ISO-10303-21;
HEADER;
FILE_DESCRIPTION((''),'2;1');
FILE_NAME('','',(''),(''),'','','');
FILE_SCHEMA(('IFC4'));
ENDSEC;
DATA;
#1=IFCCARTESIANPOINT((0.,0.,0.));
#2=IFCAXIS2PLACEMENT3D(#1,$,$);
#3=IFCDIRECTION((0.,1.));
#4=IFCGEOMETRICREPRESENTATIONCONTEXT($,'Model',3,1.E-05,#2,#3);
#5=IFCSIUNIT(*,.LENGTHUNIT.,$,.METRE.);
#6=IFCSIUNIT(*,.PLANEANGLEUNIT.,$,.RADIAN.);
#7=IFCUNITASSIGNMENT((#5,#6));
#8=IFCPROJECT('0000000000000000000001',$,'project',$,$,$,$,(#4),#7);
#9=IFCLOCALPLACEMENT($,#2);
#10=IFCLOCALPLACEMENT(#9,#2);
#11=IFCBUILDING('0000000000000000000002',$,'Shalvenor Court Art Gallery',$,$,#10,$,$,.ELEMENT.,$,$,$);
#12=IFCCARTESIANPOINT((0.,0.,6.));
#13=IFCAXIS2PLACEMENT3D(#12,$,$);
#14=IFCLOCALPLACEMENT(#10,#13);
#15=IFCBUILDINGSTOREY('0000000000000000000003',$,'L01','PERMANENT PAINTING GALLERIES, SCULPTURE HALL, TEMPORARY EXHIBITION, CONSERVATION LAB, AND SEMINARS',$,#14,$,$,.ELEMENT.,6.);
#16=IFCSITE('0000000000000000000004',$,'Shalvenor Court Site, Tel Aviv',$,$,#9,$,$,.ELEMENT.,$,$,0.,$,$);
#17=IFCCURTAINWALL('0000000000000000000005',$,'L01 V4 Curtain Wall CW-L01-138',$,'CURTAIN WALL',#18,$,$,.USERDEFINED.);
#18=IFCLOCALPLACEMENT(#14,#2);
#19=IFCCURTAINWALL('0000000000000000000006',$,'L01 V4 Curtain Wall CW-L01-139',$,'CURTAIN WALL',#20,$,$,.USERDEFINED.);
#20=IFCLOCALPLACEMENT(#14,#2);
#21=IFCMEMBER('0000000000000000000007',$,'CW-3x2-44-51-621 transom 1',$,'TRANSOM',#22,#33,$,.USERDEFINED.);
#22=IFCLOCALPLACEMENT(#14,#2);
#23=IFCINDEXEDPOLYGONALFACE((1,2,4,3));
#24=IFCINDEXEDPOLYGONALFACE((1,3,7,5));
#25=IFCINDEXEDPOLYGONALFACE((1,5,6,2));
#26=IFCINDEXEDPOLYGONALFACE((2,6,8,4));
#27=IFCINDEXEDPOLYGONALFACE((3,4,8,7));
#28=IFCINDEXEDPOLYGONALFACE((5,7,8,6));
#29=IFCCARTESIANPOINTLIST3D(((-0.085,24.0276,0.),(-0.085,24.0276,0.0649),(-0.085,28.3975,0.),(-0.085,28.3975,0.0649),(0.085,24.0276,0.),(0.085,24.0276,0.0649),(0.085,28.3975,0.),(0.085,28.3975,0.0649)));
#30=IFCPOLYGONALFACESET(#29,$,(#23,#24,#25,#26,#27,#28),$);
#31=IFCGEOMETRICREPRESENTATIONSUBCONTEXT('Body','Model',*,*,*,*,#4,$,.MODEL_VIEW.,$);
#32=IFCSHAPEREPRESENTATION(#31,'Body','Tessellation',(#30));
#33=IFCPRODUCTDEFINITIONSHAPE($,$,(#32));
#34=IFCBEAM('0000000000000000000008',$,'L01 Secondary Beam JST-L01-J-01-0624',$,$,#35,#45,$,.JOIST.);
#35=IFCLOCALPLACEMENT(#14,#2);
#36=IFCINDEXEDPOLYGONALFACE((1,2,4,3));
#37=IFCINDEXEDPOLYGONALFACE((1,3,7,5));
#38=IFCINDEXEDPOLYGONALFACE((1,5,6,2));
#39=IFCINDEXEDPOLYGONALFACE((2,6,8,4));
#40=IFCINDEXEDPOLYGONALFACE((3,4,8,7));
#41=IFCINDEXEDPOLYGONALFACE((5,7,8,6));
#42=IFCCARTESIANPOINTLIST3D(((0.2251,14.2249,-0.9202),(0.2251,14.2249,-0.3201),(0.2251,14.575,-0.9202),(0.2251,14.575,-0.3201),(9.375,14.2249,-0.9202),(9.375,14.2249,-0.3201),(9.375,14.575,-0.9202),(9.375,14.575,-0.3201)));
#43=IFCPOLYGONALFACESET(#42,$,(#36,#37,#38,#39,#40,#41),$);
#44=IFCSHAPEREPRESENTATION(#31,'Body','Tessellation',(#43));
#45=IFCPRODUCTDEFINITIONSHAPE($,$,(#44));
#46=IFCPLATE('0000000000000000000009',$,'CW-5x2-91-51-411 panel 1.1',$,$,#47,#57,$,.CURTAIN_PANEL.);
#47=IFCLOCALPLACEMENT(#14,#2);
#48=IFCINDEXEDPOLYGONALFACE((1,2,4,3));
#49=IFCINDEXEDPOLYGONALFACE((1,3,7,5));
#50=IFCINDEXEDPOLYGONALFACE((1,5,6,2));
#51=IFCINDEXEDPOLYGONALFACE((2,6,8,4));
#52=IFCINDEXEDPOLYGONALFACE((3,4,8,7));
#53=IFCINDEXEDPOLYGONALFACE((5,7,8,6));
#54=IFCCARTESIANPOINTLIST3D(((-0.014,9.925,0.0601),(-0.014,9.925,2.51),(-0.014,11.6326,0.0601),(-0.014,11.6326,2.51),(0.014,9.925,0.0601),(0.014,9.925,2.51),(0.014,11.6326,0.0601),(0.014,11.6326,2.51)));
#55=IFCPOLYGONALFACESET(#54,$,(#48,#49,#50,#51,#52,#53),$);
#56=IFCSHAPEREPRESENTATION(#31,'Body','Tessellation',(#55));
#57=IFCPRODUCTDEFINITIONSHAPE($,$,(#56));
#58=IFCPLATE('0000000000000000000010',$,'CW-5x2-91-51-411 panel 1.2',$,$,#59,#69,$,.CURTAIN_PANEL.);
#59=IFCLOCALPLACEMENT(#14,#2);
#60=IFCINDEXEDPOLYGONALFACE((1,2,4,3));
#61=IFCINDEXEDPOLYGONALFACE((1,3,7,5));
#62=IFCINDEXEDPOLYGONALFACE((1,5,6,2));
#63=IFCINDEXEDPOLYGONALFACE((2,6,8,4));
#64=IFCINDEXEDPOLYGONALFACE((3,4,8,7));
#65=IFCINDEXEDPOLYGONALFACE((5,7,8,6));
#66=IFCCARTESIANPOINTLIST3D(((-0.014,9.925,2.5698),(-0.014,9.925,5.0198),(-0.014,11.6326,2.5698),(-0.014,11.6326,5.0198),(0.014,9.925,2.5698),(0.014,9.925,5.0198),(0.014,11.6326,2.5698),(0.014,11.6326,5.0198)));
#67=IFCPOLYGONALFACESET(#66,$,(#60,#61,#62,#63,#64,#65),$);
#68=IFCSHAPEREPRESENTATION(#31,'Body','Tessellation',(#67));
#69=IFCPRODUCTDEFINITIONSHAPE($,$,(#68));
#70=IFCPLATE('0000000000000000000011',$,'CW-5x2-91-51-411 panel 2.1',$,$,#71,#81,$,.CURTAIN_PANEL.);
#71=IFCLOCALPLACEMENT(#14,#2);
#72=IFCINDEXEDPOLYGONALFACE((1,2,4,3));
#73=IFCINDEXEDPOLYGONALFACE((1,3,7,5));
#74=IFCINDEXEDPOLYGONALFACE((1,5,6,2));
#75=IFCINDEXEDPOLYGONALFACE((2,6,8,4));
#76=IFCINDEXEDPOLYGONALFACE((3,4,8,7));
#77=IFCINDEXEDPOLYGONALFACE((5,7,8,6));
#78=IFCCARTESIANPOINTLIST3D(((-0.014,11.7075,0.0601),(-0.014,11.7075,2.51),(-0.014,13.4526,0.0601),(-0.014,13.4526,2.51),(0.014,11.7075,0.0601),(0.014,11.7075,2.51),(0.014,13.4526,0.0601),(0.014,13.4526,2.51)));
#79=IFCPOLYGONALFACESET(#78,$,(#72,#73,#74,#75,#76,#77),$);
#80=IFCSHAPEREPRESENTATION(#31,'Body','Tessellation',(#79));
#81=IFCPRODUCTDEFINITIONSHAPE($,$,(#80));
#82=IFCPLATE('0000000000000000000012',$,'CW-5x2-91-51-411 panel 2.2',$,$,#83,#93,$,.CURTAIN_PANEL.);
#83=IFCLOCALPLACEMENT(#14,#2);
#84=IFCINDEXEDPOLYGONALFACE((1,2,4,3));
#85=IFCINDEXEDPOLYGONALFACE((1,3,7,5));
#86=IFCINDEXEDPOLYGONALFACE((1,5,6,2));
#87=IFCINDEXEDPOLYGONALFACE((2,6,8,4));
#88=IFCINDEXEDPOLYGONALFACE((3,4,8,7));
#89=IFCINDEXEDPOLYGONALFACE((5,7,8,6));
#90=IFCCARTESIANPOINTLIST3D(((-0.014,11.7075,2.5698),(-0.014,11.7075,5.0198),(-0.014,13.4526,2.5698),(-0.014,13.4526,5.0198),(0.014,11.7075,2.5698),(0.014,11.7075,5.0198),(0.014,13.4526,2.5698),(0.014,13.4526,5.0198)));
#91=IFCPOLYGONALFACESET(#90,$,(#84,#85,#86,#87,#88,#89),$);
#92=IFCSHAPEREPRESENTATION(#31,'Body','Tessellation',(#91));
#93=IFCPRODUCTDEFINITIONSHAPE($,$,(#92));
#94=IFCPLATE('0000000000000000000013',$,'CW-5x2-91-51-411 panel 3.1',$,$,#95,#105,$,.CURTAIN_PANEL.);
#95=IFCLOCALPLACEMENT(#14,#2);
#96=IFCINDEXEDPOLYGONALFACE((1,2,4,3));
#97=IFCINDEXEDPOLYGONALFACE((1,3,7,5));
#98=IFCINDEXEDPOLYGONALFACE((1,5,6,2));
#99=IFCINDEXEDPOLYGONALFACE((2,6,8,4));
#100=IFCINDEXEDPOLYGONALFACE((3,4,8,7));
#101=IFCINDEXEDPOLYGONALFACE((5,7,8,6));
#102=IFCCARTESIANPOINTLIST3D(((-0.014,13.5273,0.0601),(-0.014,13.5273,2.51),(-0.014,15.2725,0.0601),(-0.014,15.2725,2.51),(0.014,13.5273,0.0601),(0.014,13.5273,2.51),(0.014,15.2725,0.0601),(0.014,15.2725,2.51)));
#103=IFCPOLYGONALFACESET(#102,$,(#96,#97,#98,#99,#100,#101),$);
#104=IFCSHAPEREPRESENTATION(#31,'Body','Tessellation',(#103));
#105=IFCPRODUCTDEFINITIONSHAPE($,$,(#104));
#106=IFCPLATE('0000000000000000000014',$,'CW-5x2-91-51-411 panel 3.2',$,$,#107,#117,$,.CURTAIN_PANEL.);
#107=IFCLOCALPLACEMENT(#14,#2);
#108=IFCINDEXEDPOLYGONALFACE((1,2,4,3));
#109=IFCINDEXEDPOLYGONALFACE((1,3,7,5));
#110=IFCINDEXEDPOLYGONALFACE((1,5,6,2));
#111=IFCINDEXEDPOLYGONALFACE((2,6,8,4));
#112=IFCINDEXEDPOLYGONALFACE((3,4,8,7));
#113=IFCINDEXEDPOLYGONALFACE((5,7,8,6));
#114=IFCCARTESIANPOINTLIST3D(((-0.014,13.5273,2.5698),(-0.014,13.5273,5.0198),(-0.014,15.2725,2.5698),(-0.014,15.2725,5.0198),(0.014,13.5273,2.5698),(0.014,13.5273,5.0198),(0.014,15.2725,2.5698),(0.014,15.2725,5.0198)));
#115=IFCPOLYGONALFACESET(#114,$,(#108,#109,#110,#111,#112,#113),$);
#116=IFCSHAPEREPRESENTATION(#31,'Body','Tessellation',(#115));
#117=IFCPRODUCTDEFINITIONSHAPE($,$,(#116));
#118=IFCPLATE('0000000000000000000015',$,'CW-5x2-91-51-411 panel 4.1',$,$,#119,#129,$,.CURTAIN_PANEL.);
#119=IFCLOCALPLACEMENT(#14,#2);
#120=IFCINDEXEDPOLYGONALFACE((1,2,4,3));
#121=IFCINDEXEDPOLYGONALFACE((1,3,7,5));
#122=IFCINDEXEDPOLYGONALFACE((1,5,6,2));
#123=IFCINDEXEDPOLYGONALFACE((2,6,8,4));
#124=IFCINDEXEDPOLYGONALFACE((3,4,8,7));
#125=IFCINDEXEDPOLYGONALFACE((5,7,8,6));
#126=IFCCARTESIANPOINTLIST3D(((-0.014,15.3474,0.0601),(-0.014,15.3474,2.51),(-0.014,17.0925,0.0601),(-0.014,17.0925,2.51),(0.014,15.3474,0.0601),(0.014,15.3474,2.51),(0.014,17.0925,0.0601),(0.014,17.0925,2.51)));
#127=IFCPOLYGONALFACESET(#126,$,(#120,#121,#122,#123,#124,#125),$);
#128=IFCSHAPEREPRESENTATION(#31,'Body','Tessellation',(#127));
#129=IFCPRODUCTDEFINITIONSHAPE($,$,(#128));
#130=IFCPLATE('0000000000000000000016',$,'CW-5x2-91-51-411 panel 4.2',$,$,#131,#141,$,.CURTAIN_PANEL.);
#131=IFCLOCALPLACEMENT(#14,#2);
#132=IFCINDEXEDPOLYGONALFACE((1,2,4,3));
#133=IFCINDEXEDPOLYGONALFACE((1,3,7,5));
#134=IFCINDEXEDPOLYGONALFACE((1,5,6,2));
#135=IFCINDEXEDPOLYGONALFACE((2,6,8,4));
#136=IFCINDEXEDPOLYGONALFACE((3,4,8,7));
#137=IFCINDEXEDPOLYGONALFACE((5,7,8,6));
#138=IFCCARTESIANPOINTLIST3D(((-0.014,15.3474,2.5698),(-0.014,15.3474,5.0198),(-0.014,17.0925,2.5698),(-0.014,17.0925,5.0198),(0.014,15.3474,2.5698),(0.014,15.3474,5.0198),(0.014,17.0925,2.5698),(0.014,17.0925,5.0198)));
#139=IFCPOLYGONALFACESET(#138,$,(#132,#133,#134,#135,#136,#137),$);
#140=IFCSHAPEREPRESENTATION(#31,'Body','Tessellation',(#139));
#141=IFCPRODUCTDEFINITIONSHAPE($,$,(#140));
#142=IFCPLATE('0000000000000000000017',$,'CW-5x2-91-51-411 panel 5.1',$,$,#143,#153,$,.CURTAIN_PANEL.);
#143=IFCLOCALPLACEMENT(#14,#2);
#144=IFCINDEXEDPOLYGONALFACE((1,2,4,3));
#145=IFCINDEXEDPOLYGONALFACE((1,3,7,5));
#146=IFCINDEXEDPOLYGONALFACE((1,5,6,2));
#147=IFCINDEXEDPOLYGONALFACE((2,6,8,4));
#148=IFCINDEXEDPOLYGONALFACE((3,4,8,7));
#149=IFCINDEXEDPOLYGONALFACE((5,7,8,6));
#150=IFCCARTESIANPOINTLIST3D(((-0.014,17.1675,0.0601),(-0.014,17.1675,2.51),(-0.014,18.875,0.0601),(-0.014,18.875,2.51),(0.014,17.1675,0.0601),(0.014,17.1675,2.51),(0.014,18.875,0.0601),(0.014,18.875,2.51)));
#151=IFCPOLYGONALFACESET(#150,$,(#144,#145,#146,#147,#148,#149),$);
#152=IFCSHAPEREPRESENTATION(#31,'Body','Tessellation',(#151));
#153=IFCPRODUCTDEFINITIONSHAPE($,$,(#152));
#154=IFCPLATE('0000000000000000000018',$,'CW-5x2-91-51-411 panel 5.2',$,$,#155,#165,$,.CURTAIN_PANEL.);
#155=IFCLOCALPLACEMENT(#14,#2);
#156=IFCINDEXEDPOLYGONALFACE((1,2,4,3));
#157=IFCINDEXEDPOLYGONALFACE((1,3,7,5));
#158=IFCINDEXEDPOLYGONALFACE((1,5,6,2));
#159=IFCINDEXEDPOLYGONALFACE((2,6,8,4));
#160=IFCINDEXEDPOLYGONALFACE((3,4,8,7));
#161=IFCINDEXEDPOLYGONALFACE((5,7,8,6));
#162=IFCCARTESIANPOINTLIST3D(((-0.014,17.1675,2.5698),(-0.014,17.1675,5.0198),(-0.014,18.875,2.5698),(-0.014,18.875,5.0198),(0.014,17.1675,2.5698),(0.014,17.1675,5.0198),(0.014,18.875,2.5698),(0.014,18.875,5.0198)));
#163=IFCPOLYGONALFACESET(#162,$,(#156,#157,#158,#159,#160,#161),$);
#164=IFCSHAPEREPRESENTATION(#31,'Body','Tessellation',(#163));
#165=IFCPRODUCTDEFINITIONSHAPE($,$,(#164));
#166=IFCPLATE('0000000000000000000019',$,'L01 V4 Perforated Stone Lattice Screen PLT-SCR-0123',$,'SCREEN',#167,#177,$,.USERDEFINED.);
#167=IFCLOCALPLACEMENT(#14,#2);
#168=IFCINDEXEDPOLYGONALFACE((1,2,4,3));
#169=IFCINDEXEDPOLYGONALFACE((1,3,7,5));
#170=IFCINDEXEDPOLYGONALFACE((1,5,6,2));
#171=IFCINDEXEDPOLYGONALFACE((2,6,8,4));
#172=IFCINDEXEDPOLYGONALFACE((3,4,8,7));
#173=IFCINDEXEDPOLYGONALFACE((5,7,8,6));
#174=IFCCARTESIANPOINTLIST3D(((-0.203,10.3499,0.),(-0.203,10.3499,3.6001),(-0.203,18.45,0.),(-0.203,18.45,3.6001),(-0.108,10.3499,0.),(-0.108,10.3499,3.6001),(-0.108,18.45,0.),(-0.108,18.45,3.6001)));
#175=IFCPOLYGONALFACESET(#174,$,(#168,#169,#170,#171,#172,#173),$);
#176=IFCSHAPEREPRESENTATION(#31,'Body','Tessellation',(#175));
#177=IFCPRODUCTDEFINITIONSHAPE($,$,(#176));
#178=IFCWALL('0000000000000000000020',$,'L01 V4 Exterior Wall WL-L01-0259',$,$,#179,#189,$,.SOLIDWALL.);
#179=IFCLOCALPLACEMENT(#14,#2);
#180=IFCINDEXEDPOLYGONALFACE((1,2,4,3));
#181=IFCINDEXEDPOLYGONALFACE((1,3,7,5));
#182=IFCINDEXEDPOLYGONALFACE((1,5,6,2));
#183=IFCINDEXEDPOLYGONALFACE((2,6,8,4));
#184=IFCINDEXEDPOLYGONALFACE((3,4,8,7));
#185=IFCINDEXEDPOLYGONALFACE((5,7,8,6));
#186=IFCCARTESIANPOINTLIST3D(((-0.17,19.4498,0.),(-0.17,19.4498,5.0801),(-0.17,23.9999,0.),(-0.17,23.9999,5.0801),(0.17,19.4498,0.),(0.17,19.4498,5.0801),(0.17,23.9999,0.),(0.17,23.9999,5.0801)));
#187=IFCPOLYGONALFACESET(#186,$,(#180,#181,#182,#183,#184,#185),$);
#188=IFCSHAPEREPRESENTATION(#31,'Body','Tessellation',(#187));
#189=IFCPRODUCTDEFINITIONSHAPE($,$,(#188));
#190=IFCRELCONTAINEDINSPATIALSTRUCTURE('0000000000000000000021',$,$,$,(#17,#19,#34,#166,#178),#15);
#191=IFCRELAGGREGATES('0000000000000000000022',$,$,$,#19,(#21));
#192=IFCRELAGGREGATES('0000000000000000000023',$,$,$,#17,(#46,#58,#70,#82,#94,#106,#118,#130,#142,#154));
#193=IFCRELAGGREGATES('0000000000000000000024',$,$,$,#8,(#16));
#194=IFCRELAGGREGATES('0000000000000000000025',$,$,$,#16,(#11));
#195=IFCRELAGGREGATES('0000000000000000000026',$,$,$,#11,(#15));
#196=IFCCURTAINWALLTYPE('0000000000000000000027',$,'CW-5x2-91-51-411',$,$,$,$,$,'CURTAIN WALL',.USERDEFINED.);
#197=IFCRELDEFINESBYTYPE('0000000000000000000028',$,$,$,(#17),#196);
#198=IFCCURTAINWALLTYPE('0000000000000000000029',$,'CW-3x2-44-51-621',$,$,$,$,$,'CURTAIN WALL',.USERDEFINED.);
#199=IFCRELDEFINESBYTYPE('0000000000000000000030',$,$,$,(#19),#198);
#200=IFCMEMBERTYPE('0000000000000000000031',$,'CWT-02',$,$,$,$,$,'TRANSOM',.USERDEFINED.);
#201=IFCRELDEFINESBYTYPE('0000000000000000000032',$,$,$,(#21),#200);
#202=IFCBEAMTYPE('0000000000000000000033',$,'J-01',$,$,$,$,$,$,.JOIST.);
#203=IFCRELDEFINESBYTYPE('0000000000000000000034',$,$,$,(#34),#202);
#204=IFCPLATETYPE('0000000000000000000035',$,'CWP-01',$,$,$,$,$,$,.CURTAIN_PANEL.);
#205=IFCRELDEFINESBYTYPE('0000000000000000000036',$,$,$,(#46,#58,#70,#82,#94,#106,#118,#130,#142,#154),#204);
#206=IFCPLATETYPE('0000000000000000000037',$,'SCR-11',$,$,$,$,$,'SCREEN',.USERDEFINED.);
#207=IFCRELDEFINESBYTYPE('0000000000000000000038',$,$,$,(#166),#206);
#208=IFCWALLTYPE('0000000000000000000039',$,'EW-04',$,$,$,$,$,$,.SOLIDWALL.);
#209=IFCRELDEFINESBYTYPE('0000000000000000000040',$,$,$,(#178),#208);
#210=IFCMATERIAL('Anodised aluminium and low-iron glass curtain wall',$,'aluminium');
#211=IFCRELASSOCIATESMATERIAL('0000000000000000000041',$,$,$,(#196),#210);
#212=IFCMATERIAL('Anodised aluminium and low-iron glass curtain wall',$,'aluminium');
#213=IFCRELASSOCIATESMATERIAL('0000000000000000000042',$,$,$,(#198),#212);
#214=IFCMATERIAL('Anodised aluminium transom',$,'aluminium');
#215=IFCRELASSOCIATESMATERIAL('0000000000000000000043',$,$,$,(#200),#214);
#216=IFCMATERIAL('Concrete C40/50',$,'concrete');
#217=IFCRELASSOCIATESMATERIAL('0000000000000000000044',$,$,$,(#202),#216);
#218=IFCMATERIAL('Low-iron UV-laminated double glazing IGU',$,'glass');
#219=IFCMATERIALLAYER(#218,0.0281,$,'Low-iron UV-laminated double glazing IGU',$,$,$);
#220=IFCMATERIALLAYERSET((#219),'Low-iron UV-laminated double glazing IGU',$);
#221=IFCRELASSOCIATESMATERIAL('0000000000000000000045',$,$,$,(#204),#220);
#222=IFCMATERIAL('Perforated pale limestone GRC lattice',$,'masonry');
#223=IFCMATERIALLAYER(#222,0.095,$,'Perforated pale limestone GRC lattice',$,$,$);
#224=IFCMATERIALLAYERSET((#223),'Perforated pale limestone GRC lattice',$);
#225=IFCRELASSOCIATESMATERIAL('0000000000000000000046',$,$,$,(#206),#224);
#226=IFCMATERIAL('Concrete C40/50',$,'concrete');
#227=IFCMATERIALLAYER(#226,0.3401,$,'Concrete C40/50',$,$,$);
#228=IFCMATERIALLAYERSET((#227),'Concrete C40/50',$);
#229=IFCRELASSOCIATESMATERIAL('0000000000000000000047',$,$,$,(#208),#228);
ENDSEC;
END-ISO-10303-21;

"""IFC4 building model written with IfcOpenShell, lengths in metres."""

from ifc_helpers import new_model, si_unit, direction, frame, frame_2d, origin, origin_2d, place, context, subcontext, project, spatial, rectangle, extrude, material, layer, layer_set, material_profile, profile_set, type_object, element, aggregate, save


model = new_model("IFC4")

# Units and contexts
model_context = context("Model", 3, precision=1e-05, world=origin(), true_north=direction((0.0, 1.0)))
body_context = subcontext(model_context, "Body", "Model", "MODEL_VIEW")
ifc_project = project(units=[si_unit("LENGTHUNIT", "METRE"), si_unit("PLANEANGLEUNIT", "RADIAN")], contexts=[model_context])

# Site, building, storey
site_placement = place(None, origin())
site = spatial("IfcSite", under=ifc_project, at=site_placement, Name="Shalvenor Court Site, Tel Aviv", CompositionType="ELEMENT", RefElevation=0.0)
building_placement = place(site_placement, origin())
building = spatial("IfcBuilding", under=site, at=building_placement, Name="Shalvenor Court Art Gallery", CompositionType="ELEMENT")
storey_placement = place(building_placement, frame((0.0, 0.0, 6.0)))
storey = spatial("IfcBuildingStorey", under=building, at=storey_placement, Name="L01", Description="PERMANENT PAINTING GALLERIES, SCULPTURE HALL, TEMPORARY EXHIBITION, CONSERVATION LAB, AND SEMINARS", CompositionType="ELEMENT", Elevation=6.0)

# Curtain wall
ifc_material_1 = material(Name="Anodised aluminium and low-iron glass curtain wall", Category="aluminium")
curtain_wall_type_1 = type_object("IfcCurtainWallType", Name="CW-5x2-91-51-411", ElementType="CURTAIN WALL", PredefinedType="USERDEFINED", material=ifc_material_1)
curtain_wall_1_placement = place(storey_placement, origin())
curtain_wall_1 = element("IfcCurtainWall", 1, at=curtain_wall_1_placement, inside=storey, type_object=curtain_wall_type_1, Name="L01 V4 Curtain Wall CW-L01-138", ObjectType="CURTAIN WALL", PredefinedType="USERDEFINED")

# Curtain wall
ifc_material_2 = material(Name="Anodised aluminium and low-iron glass curtain wall", Category="aluminium")
curtain_wall_type_2 = type_object("IfcCurtainWallType", Name="CW-3x2-44-51-621", ElementType="CURTAIN WALL", PredefinedType="USERDEFINED", material=ifc_material_2)
curtain_wall_2_placement = place(storey_placement, origin())
curtain_wall_2 = element("IfcCurtainWall", 2, at=curtain_wall_2_placement, inside=storey, type_object=curtain_wall_type_2, Name="L01 V4 Curtain Wall CW-L01-139", ObjectType="CURTAIN WALL", PredefinedType="USERDEFINED")

# Member
ifc_material_3 = material(Name="Anodised aluminium transom", Category="aluminium")
ifc_material_profile_1 = material_profile(ifc_material_3, rectangle(XDim=0.1699, YDim=0.0649, at=origin_2d()), Name="CWT-02")
ifc_profile_set_1 = profile_set([ifc_material_profile_1], Name="Anodised aluminium transom")
member_type_1 = type_object("IfcMemberType", Name="CWT-02", ElementType="TRANSOM", PredefinedType="USERDEFINED", material=ifc_profile_set_1)
member_1_placement = place(storey_placement, frame((0.0, 24.0276, 0.0325), z_axis=(0.0, 1.0, 0.0), x_axis=(-1.0, 0.0, 0.0)))
member_1 = element("IfcMember", 3, at=member_1_placement, type_object=member_type_1, Name="CW-3x2-44-51-621 transom 1", ObjectType="TRANSOM", PredefinedType="USERDEFINED", context=body_context, shape_type="SweptSolid", body=[
    extrude(rectangle(XDim=0.1699, YDim=0.0649, at=origin_2d()), origin(), (0.0, 0.0, 1.0), 4.3699),
])
aggregate(curtain_wall_2, [member_1])

# Beam
ifc_material_4 = material(Name="Concrete C40/50", Category="concrete")
ifc_material_profile_2 = material_profile(ifc_material_4, rectangle(XDim=0.3501, YDim=0.6001, at=origin_2d()), Name="RC 350x600")
ifc_profile_set_2 = profile_set([ifc_material_profile_2], Name="Concrete C40/50")
beam_type_1 = type_object("IfcBeamType", Name="J-01", PredefinedType="JOIST", material=ifc_profile_set_2)
beam_1_placement = place(storey_placement, frame((0.2251, 14.3999, -0.6201), z_axis=(1.0, 0.0, 0.0), x_axis=(0.0, 1.0, 0.0)))
element("IfcBeam", 4, at=beam_1_placement, inside=storey, type_object=beam_type_1, Name="L01 Secondary Beam JST-L01-J-01-0624", PredefinedType="JOIST", context=body_context, shape_type="SweptSolid", body=[
    extrude(rectangle(XDim=0.3501, YDim=0.6001, at=origin_2d()), origin(), (0.0, 0.0, 1.0), 9.1499),
])

# Plates
ifc_material_5 = material(Name="Low-iron UV-laminated double glazing IGU", Category="glass")
ifc_layer_1 = layer(ifc_material_5, 0.0281, Name="Low-iron UV-laminated double glazing IGU")
ifc_layer_set_1 = layer_set([ifc_layer_1], Name="Low-iron UV-laminated double glazing IGU")
plate_type_1 = type_object("IfcPlateType", Name="CWP-01", PredefinedType="CURTAIN_PANEL", material=ifc_layer_set_1)
plate_1_placement = place(storey_placement, frame((0.0, 10.7788, 0.0601), z_axis=(0.0, 0.0, 1.0), x_axis=(0.0, 1.0, 0.0)))
plate_1 = element("IfcPlate", 5, at=plate_1_placement, type_object=plate_type_1, Name="CW-5x2-91-51-411 panel 1.1", PredefinedType="CURTAIN_PANEL", context=body_context, shape_type="SweptSolid", body=[
    extrude(rectangle(XDim=1.7075, YDim=0.0281, at=origin_2d()), origin(), (0.0, 0.0, 1.0), 2.45),
])
plate_2_placement = place(storey_placement, frame((0.0, 10.7788, 2.5698), z_axis=(0.0, 0.0, 1.0), x_axis=(0.0, 1.0, 0.0)))
plate_2 = element("IfcPlate", 6, at=plate_2_placement, type_object=plate_type_1, Name="CW-5x2-91-51-411 panel 1.2", PredefinedType="CURTAIN_PANEL", context=body_context, shape_type="SweptSolid", body=[
    extrude(rectangle(XDim=1.7075, YDim=0.0281, at=origin_2d()), origin(), (0.0, 0.0, 1.0), 2.45),
])
plate_3_placement = place(storey_placement, frame((0.0, 12.5801, 0.0601), z_axis=(0.0, 0.0, 1.0), x_axis=(0.0, 1.0, 0.0)))
plate_3 = element("IfcPlate", 7, at=plate_3_placement, type_object=plate_type_1, Name="CW-5x2-91-51-411 panel 2.1", PredefinedType="CURTAIN_PANEL", context=body_context, shape_type="SweptSolid", body=[
    extrude(rectangle(XDim=1.7451, YDim=0.0281, at=origin_2d()), origin(), (0.0, 0.0, 1.0), 2.45),
])
plate_4_placement = place(storey_placement, frame((0.0, 12.5801, 2.5698), z_axis=(0.0, 0.0, 1.0), x_axis=(0.0, 1.0, 0.0)))
plate_4 = element("IfcPlate", 8, at=plate_4_placement, type_object=plate_type_1, Name="CW-5x2-91-51-411 panel 2.2", PredefinedType="CURTAIN_PANEL", context=body_context, shape_type="SweptSolid", body=[
    extrude(rectangle(XDim=1.7451, YDim=0.0281, at=origin_2d()), origin(), (0.0, 0.0, 1.0), 2.45),
])
plate_5_placement = place(storey_placement, frame((0.0, 14.3999, 0.0601), z_axis=(0.0, 0.0, 1.0), x_axis=(0.0, 1.0, 0.0)))
plate_5 = element("IfcPlate", 9, at=plate_5_placement, type_object=plate_type_1, Name="CW-5x2-91-51-411 panel 3.1", PredefinedType="CURTAIN_PANEL", context=body_context, shape_type="SweptSolid", body=[
    extrude(rectangle(XDim=1.7451, YDim=0.0281, at=origin_2d()), origin(), (0.0, 0.0, 1.0), 2.45),
])
plate_6_placement = place(storey_placement, frame((0.0, 14.3999, 2.5698), z_axis=(0.0, 0.0, 1.0), x_axis=(0.0, 1.0, 0.0)))
plate_6 = element("IfcPlate", 10, at=plate_6_placement, type_object=plate_type_1, Name="CW-5x2-91-51-411 panel 3.2", PredefinedType="CURTAIN_PANEL", context=body_context, shape_type="SweptSolid", body=[
    extrude(rectangle(XDim=1.7451, YDim=0.0281, at=origin_2d()), origin(), (0.0, 0.0, 1.0), 2.45),
])
plate_7_placement = place(storey_placement, frame((0.0, 16.22, 0.0601), z_axis=(0.0, 0.0, 1.0), x_axis=(0.0, 1.0, 0.0)))
plate_7 = element("IfcPlate", 11, at=plate_7_placement, type_object=plate_type_1, Name="CW-5x2-91-51-411 panel 4.1", PredefinedType="CURTAIN_PANEL", context=body_context, shape_type="SweptSolid", body=[
    extrude(rectangle(XDim=1.7451, YDim=0.0281, at=origin_2d()), origin(), (0.0, 0.0, 1.0), 2.45),
])
plate_8_placement = place(storey_placement, frame((0.0, 16.22, 2.5698), z_axis=(0.0, 0.0, 1.0), x_axis=(0.0, 1.0, 0.0)))
plate_8 = element("IfcPlate", 12, at=plate_8_placement, type_object=plate_type_1, Name="CW-5x2-91-51-411 panel 4.2", PredefinedType="CURTAIN_PANEL", context=body_context, shape_type="SweptSolid", body=[
    extrude(rectangle(XDim=1.7451, YDim=0.0281, at=origin_2d()), origin(), (0.0, 0.0, 1.0), 2.45),
])
plate_9_placement = place(storey_placement, frame((0.0, 18.0212, 0.0601), z_axis=(0.0, 0.0, 1.0), x_axis=(0.0, 1.0, 0.0)))
plate_9 = element("IfcPlate", 13, at=plate_9_placement, type_object=plate_type_1, Name="CW-5x2-91-51-411 panel 5.1", PredefinedType="CURTAIN_PANEL", context=body_context, shape_type="SweptSolid", body=[
    extrude(rectangle(XDim=1.7075, YDim=0.0281, at=origin_2d()), origin(), (0.0, 0.0, 1.0), 2.45),
])
plate_10_placement = place(storey_placement, frame((0.0, 18.0212, 2.5698), z_axis=(0.0, 0.0, 1.0), x_axis=(0.0, 1.0, 0.0)))
plate_10 = element("IfcPlate", 14, at=plate_10_placement, type_object=plate_type_1, Name="CW-5x2-91-51-411 panel 5.2", PredefinedType="CURTAIN_PANEL", context=body_context, shape_type="SweptSolid", body=[
    extrude(rectangle(XDim=1.7075, YDim=0.0281, at=origin_2d()), origin(), (0.0, 0.0, 1.0), 2.45),
])
aggregate(curtain_wall_1, [plate_1, plate_2, plate_3, plate_4, plate_5, plate_6, plate_7, plate_8, plate_9, plate_10])
ifc_material_6 = material(Name="Perforated pale limestone GRC lattice", Category="masonry")
ifc_layer_2 = layer(ifc_material_6, 0.095, Name="Perforated pale limestone GRC lattice")
ifc_layer_set_2 = layer_set([ifc_layer_2], Name="Perforated pale limestone GRC lattice")
plate_type_2 = type_object("IfcPlateType", Name="SCR-11", ElementType="SCREEN", PredefinedType="USERDEFINED", material=ifc_layer_set_2)
plate_11_placement = place(storey_placement, frame((-0.1555, 14.3999, 0.0), z_axis=(0.0, 0.0, 1.0), x_axis=(0.0, 1.0, 0.0)))
element("IfcPlate", 15, at=plate_11_placement, inside=storey, type_object=plate_type_2, Name="L01 V4 Perforated Stone Lattice Screen PLT-SCR-0123", ObjectType="SCREEN", PredefinedType="USERDEFINED", context=body_context, shape_type="SweptSolid", body=[
    extrude(rectangle(XDim=8.1001, YDim=0.095, at=origin_2d()), origin(), (0.0, 0.0, 1.0), 3.6001),
])

# Wall
ifc_material_7 = material(Name="Concrete C40/50", Category="concrete")
ifc_layer_3 = layer(ifc_material_7, 0.3401, Name="Concrete C40/50")
ifc_layer_set_3 = layer_set([ifc_layer_3], Name="Concrete C40/50")
wall_type = type_object("IfcWallType", Name="EW-04", PredefinedType="SOLIDWALL", material=ifc_layer_set_3)
wall_placement = place(storey_placement, frame((0.0, 19.45, 0.0), z_axis=(0.0, 0.0, 1.0), x_axis=(0.0, 1.0, 0.0)))
element("IfcWall", 16, at=wall_placement, inside=storey, type_object=wall_type, Name="L01 V4 Exterior Wall WL-L01-0259", PredefinedType="SOLIDWALL", context=body_context, shape_type="SweptSolid", body=[
    extrude(rectangle(XDim=4.55, YDim=0.3401, at=frame_2d((2.2749, 0.0))), origin(), (0.0, 0.0, 1.0), 5.0801),
])

save(model, "model.ifc")
